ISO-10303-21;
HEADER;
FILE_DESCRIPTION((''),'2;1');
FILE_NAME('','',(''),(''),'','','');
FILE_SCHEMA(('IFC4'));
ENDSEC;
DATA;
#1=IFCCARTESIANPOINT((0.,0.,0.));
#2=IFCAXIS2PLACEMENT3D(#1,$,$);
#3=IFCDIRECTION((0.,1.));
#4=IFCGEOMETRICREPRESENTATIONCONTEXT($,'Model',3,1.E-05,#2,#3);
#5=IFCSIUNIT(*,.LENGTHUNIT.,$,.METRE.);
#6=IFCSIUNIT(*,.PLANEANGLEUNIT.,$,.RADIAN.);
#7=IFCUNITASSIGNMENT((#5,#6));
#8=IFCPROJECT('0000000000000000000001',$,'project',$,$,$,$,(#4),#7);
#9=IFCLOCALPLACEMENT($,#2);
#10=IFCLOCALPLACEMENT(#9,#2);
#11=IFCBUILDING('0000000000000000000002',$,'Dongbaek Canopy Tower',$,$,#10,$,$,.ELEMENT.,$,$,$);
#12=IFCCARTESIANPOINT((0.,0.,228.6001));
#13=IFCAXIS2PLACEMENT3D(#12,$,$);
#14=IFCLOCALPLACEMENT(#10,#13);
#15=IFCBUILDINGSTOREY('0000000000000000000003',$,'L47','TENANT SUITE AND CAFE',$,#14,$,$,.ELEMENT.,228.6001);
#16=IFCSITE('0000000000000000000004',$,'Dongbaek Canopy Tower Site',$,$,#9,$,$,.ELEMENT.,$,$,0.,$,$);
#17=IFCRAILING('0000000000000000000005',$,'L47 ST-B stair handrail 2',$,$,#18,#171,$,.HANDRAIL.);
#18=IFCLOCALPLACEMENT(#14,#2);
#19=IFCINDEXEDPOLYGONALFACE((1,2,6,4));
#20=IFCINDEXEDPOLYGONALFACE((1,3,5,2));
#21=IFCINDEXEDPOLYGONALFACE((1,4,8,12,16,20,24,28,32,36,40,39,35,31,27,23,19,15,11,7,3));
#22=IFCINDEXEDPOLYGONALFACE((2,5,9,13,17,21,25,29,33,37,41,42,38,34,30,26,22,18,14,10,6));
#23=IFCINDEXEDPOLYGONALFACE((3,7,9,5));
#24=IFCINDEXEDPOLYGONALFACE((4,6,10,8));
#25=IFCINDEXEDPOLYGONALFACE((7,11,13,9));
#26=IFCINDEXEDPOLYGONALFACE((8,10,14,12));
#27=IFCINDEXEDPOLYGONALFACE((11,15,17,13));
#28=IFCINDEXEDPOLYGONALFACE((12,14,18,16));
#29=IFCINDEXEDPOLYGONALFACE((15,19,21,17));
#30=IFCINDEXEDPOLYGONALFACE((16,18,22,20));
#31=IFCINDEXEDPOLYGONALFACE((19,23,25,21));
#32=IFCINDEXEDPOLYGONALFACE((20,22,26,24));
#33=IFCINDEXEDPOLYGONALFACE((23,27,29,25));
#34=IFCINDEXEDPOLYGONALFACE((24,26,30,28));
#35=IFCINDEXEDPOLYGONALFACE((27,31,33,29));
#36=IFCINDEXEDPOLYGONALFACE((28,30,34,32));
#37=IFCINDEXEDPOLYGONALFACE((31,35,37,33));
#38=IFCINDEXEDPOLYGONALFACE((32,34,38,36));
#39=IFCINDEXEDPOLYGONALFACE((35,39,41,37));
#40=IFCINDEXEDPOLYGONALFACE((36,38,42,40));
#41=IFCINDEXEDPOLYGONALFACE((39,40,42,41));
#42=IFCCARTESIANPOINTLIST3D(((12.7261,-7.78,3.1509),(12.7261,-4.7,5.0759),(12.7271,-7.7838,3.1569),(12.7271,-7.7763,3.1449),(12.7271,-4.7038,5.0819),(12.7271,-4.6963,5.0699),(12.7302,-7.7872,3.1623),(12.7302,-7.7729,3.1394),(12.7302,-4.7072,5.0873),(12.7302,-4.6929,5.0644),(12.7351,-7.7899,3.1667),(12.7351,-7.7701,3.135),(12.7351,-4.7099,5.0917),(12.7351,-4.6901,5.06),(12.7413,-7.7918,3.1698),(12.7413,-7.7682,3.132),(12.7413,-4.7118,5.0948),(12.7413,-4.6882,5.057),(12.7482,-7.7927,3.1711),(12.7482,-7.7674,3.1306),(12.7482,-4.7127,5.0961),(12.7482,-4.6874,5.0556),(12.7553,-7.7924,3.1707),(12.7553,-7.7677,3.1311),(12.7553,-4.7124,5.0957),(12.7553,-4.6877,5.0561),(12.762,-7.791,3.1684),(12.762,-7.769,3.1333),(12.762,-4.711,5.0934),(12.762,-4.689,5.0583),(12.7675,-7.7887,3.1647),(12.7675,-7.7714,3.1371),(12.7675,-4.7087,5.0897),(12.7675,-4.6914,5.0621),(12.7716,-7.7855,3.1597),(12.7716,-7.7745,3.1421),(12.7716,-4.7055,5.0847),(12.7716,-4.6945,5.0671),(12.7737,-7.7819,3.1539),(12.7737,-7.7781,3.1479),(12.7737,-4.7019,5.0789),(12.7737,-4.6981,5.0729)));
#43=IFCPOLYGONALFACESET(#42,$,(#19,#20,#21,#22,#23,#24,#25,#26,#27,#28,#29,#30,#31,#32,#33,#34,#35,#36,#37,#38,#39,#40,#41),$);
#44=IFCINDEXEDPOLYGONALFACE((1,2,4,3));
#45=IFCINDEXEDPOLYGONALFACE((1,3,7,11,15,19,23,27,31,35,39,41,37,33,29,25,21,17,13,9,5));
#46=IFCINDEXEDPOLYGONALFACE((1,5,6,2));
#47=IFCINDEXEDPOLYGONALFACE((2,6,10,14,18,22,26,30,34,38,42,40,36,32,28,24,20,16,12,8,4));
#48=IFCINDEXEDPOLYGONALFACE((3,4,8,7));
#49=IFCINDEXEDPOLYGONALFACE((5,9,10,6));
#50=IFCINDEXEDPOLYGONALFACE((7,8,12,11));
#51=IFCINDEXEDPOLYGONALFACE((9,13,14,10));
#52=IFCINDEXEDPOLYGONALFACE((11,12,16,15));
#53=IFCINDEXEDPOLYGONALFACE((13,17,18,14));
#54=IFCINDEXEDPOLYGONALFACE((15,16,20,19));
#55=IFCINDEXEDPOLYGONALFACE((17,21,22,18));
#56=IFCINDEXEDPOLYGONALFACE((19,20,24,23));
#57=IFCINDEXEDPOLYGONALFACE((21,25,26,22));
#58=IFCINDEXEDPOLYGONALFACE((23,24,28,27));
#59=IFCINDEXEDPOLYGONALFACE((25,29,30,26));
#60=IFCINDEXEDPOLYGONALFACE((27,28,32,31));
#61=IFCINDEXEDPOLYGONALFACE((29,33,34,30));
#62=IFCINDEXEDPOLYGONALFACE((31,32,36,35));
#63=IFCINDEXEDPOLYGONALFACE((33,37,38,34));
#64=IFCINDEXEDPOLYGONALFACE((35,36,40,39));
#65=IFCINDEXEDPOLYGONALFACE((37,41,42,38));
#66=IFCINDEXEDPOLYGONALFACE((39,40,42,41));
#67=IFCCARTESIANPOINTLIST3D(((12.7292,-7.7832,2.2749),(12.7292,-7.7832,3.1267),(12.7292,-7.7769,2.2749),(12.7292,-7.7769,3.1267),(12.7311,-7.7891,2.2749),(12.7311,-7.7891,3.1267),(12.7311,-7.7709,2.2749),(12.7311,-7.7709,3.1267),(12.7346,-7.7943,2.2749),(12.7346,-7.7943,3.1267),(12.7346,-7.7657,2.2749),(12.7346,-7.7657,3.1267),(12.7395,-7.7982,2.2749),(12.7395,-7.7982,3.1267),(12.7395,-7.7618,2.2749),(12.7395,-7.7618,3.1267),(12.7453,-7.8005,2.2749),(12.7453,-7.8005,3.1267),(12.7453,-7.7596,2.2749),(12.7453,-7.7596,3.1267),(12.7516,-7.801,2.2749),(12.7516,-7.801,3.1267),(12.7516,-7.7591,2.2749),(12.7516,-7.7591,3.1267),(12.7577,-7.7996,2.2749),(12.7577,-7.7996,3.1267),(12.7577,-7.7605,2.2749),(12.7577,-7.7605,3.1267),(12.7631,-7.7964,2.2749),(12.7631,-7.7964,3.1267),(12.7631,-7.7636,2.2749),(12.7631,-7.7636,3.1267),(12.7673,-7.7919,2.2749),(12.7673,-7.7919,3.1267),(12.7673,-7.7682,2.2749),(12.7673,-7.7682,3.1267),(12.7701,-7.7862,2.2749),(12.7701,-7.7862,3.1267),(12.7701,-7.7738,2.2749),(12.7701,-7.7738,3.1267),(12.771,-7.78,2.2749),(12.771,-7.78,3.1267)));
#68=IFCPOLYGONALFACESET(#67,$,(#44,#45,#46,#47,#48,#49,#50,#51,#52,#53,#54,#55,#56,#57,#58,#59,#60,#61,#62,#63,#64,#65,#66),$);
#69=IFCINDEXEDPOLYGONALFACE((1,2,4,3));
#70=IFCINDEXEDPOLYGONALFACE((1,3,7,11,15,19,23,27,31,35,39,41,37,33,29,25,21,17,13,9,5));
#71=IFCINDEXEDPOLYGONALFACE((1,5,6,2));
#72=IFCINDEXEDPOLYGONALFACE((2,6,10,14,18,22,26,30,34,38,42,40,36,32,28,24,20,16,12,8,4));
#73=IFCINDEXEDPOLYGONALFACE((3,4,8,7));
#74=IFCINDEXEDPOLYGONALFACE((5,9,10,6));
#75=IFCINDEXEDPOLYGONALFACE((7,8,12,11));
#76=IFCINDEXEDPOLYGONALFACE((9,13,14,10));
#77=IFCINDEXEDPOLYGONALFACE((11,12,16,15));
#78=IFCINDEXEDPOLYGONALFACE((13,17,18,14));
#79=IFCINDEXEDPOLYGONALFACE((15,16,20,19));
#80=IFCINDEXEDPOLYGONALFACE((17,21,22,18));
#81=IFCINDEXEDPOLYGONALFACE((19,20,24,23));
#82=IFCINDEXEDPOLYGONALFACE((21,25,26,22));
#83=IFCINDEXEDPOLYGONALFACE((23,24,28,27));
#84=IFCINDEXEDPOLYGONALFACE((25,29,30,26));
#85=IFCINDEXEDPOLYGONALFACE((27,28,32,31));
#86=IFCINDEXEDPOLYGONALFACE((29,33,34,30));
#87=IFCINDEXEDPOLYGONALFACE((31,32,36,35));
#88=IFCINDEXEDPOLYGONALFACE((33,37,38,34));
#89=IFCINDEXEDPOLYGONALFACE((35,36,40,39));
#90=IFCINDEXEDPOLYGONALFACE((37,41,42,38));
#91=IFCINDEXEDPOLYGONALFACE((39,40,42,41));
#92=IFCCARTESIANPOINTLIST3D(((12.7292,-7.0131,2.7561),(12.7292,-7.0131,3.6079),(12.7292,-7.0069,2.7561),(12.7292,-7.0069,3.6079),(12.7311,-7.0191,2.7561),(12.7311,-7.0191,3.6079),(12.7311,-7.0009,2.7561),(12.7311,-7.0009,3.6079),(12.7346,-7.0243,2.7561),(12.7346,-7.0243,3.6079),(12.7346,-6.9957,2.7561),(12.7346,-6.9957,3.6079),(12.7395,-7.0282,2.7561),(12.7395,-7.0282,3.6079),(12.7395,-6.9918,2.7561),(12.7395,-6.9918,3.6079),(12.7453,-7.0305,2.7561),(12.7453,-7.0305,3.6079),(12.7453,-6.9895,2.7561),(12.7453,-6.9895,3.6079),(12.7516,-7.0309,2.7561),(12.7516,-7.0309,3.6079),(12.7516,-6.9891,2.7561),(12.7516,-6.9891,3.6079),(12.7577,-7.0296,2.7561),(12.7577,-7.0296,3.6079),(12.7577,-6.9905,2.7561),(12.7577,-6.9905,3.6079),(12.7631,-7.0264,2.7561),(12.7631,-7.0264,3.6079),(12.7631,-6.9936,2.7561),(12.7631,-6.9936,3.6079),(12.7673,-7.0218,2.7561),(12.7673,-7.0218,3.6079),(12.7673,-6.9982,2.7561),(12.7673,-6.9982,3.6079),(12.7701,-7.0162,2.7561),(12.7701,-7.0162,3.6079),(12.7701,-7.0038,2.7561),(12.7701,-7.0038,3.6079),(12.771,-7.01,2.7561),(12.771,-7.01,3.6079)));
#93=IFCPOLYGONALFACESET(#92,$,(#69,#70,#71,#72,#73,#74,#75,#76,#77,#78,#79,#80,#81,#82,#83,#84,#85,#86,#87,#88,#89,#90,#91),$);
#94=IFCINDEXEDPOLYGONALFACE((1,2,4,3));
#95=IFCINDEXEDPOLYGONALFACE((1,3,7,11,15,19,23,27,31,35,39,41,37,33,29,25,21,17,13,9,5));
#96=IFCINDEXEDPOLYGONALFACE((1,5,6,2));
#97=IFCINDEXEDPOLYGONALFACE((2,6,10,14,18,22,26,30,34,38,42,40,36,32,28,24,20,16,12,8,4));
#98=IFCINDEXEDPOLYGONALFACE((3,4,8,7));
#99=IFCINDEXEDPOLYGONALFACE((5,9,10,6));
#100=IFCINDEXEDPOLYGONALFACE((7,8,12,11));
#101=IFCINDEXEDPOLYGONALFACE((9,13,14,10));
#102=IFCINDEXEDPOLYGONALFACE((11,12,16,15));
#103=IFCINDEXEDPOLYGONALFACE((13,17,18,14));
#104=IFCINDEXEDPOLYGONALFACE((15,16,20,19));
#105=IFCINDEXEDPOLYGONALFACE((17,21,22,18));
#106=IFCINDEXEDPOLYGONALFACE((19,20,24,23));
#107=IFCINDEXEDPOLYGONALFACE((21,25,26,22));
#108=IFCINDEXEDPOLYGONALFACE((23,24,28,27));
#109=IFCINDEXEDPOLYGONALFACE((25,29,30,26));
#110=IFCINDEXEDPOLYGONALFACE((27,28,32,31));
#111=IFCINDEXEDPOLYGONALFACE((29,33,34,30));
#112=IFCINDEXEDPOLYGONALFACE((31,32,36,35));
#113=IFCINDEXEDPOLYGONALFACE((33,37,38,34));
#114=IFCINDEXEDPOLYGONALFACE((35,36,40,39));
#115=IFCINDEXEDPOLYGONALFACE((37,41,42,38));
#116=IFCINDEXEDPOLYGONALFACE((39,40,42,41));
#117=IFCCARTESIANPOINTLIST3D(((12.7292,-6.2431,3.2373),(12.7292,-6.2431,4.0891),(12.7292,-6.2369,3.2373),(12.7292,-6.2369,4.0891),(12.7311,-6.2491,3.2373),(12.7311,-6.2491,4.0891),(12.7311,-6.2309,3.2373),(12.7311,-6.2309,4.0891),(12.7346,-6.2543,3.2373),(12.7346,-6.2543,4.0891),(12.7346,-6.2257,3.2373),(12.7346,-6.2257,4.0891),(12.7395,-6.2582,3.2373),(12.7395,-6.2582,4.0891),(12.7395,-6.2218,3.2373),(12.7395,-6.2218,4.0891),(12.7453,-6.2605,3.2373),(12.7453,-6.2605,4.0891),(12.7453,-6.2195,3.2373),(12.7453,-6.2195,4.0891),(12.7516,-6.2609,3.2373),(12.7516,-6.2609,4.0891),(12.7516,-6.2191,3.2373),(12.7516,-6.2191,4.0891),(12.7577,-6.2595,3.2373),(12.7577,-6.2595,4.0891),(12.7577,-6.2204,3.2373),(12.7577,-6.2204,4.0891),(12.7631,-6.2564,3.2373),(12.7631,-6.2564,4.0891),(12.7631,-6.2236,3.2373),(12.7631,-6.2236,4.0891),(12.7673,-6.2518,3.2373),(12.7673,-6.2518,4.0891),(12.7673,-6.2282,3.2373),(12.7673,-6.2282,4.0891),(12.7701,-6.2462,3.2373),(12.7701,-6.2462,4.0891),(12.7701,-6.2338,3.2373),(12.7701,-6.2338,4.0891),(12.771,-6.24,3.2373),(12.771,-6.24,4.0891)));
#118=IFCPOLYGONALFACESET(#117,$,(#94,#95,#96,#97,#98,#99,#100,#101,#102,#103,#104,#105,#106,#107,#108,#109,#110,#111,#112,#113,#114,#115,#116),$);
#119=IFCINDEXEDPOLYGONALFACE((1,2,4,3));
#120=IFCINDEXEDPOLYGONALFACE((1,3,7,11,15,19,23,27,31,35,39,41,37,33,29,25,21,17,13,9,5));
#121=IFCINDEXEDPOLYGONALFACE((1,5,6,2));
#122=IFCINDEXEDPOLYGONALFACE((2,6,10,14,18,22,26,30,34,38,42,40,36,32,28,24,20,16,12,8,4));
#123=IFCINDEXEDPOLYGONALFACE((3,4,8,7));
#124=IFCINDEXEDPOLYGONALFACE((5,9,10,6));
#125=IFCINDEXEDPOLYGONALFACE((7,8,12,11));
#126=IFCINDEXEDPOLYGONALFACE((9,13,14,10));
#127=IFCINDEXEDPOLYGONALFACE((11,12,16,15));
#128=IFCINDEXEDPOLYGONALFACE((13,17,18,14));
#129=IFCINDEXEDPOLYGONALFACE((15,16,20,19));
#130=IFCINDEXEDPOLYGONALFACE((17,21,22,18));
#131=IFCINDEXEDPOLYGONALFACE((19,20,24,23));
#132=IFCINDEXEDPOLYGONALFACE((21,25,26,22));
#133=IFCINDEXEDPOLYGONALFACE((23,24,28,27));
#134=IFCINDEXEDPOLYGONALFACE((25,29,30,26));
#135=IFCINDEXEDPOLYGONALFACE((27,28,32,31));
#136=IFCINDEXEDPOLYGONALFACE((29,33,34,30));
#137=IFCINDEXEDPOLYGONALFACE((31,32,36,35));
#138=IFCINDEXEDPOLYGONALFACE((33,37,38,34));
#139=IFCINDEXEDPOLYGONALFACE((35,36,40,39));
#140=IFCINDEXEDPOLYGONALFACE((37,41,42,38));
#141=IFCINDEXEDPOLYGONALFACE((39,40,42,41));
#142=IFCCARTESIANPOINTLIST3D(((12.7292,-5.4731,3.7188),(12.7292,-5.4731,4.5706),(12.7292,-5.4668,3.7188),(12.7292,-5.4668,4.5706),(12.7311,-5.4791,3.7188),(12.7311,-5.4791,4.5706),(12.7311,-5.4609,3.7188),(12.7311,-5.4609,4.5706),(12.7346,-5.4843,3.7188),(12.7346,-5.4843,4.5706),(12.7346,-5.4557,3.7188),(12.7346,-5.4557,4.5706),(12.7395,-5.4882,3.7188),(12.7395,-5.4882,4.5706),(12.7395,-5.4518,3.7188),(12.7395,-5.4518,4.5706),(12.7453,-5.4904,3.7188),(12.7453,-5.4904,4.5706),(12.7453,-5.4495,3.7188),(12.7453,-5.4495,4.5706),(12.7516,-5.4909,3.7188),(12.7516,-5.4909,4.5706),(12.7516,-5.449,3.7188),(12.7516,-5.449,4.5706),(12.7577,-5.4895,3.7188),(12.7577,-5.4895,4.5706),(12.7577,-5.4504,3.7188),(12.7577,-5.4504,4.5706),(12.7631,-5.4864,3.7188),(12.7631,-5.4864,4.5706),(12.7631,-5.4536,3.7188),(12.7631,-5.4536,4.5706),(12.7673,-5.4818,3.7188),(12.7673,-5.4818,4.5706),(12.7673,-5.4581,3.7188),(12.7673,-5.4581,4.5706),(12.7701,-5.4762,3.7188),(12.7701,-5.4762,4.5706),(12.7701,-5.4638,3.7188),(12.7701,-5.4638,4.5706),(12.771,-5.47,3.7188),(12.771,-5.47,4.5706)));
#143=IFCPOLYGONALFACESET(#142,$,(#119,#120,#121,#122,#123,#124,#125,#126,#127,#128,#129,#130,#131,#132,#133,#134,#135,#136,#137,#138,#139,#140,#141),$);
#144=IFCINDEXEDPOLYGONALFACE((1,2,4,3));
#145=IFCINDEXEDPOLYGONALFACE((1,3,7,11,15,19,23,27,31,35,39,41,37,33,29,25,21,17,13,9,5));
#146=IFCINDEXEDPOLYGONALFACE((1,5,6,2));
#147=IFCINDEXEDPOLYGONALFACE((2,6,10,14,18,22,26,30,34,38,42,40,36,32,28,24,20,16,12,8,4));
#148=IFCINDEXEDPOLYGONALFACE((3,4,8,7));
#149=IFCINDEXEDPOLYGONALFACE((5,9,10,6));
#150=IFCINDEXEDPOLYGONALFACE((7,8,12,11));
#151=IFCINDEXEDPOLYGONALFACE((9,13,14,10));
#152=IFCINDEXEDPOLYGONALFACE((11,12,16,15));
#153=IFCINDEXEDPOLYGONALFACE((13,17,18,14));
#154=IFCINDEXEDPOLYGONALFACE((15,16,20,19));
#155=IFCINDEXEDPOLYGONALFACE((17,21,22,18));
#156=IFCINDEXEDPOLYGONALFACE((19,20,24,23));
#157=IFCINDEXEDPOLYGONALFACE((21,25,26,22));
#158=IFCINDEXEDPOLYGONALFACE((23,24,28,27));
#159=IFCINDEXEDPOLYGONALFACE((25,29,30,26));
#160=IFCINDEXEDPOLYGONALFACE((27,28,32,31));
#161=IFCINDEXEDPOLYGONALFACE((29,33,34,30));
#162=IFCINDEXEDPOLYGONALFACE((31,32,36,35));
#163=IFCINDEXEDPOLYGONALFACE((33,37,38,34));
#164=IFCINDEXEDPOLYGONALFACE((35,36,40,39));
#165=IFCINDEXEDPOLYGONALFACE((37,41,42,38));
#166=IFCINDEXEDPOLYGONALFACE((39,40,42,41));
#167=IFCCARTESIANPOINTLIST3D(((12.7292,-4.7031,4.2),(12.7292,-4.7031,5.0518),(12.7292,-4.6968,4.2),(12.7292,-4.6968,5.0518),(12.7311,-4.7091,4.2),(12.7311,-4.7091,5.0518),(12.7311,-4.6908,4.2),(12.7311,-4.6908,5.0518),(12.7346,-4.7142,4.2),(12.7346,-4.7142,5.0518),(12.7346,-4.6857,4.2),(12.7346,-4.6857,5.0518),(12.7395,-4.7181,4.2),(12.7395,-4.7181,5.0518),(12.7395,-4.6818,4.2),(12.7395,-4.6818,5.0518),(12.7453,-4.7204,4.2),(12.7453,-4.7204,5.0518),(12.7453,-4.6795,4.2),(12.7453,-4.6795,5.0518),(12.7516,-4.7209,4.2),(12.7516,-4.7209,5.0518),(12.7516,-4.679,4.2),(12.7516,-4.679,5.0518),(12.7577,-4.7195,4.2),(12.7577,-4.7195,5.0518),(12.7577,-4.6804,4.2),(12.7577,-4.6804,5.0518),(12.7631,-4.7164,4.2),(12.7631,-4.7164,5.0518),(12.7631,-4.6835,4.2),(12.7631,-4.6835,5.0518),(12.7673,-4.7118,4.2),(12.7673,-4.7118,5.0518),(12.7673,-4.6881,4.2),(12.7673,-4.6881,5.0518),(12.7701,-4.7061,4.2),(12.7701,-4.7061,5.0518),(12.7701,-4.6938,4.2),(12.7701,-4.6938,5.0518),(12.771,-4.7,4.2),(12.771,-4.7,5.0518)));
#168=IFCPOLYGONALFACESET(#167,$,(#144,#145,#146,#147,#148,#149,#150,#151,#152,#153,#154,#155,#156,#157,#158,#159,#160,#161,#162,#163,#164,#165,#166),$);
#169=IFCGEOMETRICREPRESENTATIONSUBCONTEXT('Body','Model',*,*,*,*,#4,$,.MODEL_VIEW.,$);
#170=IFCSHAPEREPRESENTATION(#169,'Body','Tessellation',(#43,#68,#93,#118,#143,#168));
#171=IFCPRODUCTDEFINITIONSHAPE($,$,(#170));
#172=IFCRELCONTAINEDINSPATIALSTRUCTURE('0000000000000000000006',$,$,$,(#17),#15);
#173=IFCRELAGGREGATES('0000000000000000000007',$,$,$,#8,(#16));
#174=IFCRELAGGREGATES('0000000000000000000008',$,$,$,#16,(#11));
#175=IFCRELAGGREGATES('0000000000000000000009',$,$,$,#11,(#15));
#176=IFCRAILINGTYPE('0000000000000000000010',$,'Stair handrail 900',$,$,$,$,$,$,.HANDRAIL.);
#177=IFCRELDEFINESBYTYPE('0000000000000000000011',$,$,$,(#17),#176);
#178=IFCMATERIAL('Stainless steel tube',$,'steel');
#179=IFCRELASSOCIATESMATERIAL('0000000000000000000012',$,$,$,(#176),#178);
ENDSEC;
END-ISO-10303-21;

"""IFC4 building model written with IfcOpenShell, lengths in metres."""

from ifc_helpers import new_model, si_unit, direction, frame, origin, origin_2d, place, context, subcontext, project, spatial, circle, extrude, material, type_object, element, save


model = new_model("IFC4")

# Units and contexts
model_context = context("Model", 3, precision=1e-05, world=origin(), true_north=direction((0.0, 1.0)))
body_context = subcontext(model_context, "Body", "Model", "MODEL_VIEW")
ifc_project = project(units=[si_unit("LENGTHUNIT", "METRE"), si_unit("PLANEANGLEUNIT", "RADIAN")], contexts=[model_context])

# Site, building, storey
site_placement = place(None, origin())
site = spatial("IfcSite", under=ifc_project, at=site_placement, Name="Dongbaek Canopy Tower Site", CompositionType="ELEMENT", RefElevation=0.0)
building_placement = place(site_placement, origin())
building = spatial("IfcBuilding", under=site, at=building_placement, Name="Dongbaek Canopy Tower", CompositionType="ELEMENT")
storey_placement = place(building_placement, frame((0.0, 0.0, 228.6001)))
storey = spatial("IfcBuildingStorey", under=building, at=storey_placement, Name="L47", Description="TENANT SUITE AND CAFE", CompositionType="ELEMENT", Elevation=228.6001)

# Railing
ifc_material_1 = material(Name="Stainless steel tube", Category="steel")
railing_type_1 = type_object("IfcRailingType", Name="Stair handrail 900", PredefinedType="HANDRAIL", material=ifc_material_1)
railing_1_placement = place(storey_placement, frame((12.75, -7.78, 2.2749)))
element("IfcRailing", 1, at=railing_1_placement, inside=storey, type_object=railing_type_1, Name="L47 ST-B stair handrail 2", PredefinedType="HANDRAIL", context=body_context, shape_type="SweptSolid", body=[
    extrude(circle(Radius=0.0239, at=origin_2d()), frame((0.0, 0.0, 0.876), z_axis=(0.0, 0.847998, 0.529999), x_axis=(-1.0, 0.0, 0.0)), (0.0, 0.0, 1.0), 3.6321),
    extrude(circle(Radius=0.021, at=origin_2d()), origin(), (0.0, 0.0, 1.0), 0.8518),
    extrude(circle(Radius=0.021, at=origin_2d()), frame((0.0, 0.77, 0.4812)), (0.0, 0.0, 1.0), 0.8518),
    extrude(circle(Radius=0.021, at=origin_2d()), frame((0.0, 1.54, 0.9624)), (0.0, 0.0, 1.0), 0.8518),
    extrude(circle(Radius=0.021, at=origin_2d()), frame((0.0, 2.3101, 1.4438)), (0.0, 0.0, 1.0), 0.8518),
    extrude(circle(Radius=0.021, at=origin_2d()), frame((0.0, 3.0801, 1.925)), (0.0, 0.0, 1.0), 0.8518),
])

save(model, "model.ifc")
